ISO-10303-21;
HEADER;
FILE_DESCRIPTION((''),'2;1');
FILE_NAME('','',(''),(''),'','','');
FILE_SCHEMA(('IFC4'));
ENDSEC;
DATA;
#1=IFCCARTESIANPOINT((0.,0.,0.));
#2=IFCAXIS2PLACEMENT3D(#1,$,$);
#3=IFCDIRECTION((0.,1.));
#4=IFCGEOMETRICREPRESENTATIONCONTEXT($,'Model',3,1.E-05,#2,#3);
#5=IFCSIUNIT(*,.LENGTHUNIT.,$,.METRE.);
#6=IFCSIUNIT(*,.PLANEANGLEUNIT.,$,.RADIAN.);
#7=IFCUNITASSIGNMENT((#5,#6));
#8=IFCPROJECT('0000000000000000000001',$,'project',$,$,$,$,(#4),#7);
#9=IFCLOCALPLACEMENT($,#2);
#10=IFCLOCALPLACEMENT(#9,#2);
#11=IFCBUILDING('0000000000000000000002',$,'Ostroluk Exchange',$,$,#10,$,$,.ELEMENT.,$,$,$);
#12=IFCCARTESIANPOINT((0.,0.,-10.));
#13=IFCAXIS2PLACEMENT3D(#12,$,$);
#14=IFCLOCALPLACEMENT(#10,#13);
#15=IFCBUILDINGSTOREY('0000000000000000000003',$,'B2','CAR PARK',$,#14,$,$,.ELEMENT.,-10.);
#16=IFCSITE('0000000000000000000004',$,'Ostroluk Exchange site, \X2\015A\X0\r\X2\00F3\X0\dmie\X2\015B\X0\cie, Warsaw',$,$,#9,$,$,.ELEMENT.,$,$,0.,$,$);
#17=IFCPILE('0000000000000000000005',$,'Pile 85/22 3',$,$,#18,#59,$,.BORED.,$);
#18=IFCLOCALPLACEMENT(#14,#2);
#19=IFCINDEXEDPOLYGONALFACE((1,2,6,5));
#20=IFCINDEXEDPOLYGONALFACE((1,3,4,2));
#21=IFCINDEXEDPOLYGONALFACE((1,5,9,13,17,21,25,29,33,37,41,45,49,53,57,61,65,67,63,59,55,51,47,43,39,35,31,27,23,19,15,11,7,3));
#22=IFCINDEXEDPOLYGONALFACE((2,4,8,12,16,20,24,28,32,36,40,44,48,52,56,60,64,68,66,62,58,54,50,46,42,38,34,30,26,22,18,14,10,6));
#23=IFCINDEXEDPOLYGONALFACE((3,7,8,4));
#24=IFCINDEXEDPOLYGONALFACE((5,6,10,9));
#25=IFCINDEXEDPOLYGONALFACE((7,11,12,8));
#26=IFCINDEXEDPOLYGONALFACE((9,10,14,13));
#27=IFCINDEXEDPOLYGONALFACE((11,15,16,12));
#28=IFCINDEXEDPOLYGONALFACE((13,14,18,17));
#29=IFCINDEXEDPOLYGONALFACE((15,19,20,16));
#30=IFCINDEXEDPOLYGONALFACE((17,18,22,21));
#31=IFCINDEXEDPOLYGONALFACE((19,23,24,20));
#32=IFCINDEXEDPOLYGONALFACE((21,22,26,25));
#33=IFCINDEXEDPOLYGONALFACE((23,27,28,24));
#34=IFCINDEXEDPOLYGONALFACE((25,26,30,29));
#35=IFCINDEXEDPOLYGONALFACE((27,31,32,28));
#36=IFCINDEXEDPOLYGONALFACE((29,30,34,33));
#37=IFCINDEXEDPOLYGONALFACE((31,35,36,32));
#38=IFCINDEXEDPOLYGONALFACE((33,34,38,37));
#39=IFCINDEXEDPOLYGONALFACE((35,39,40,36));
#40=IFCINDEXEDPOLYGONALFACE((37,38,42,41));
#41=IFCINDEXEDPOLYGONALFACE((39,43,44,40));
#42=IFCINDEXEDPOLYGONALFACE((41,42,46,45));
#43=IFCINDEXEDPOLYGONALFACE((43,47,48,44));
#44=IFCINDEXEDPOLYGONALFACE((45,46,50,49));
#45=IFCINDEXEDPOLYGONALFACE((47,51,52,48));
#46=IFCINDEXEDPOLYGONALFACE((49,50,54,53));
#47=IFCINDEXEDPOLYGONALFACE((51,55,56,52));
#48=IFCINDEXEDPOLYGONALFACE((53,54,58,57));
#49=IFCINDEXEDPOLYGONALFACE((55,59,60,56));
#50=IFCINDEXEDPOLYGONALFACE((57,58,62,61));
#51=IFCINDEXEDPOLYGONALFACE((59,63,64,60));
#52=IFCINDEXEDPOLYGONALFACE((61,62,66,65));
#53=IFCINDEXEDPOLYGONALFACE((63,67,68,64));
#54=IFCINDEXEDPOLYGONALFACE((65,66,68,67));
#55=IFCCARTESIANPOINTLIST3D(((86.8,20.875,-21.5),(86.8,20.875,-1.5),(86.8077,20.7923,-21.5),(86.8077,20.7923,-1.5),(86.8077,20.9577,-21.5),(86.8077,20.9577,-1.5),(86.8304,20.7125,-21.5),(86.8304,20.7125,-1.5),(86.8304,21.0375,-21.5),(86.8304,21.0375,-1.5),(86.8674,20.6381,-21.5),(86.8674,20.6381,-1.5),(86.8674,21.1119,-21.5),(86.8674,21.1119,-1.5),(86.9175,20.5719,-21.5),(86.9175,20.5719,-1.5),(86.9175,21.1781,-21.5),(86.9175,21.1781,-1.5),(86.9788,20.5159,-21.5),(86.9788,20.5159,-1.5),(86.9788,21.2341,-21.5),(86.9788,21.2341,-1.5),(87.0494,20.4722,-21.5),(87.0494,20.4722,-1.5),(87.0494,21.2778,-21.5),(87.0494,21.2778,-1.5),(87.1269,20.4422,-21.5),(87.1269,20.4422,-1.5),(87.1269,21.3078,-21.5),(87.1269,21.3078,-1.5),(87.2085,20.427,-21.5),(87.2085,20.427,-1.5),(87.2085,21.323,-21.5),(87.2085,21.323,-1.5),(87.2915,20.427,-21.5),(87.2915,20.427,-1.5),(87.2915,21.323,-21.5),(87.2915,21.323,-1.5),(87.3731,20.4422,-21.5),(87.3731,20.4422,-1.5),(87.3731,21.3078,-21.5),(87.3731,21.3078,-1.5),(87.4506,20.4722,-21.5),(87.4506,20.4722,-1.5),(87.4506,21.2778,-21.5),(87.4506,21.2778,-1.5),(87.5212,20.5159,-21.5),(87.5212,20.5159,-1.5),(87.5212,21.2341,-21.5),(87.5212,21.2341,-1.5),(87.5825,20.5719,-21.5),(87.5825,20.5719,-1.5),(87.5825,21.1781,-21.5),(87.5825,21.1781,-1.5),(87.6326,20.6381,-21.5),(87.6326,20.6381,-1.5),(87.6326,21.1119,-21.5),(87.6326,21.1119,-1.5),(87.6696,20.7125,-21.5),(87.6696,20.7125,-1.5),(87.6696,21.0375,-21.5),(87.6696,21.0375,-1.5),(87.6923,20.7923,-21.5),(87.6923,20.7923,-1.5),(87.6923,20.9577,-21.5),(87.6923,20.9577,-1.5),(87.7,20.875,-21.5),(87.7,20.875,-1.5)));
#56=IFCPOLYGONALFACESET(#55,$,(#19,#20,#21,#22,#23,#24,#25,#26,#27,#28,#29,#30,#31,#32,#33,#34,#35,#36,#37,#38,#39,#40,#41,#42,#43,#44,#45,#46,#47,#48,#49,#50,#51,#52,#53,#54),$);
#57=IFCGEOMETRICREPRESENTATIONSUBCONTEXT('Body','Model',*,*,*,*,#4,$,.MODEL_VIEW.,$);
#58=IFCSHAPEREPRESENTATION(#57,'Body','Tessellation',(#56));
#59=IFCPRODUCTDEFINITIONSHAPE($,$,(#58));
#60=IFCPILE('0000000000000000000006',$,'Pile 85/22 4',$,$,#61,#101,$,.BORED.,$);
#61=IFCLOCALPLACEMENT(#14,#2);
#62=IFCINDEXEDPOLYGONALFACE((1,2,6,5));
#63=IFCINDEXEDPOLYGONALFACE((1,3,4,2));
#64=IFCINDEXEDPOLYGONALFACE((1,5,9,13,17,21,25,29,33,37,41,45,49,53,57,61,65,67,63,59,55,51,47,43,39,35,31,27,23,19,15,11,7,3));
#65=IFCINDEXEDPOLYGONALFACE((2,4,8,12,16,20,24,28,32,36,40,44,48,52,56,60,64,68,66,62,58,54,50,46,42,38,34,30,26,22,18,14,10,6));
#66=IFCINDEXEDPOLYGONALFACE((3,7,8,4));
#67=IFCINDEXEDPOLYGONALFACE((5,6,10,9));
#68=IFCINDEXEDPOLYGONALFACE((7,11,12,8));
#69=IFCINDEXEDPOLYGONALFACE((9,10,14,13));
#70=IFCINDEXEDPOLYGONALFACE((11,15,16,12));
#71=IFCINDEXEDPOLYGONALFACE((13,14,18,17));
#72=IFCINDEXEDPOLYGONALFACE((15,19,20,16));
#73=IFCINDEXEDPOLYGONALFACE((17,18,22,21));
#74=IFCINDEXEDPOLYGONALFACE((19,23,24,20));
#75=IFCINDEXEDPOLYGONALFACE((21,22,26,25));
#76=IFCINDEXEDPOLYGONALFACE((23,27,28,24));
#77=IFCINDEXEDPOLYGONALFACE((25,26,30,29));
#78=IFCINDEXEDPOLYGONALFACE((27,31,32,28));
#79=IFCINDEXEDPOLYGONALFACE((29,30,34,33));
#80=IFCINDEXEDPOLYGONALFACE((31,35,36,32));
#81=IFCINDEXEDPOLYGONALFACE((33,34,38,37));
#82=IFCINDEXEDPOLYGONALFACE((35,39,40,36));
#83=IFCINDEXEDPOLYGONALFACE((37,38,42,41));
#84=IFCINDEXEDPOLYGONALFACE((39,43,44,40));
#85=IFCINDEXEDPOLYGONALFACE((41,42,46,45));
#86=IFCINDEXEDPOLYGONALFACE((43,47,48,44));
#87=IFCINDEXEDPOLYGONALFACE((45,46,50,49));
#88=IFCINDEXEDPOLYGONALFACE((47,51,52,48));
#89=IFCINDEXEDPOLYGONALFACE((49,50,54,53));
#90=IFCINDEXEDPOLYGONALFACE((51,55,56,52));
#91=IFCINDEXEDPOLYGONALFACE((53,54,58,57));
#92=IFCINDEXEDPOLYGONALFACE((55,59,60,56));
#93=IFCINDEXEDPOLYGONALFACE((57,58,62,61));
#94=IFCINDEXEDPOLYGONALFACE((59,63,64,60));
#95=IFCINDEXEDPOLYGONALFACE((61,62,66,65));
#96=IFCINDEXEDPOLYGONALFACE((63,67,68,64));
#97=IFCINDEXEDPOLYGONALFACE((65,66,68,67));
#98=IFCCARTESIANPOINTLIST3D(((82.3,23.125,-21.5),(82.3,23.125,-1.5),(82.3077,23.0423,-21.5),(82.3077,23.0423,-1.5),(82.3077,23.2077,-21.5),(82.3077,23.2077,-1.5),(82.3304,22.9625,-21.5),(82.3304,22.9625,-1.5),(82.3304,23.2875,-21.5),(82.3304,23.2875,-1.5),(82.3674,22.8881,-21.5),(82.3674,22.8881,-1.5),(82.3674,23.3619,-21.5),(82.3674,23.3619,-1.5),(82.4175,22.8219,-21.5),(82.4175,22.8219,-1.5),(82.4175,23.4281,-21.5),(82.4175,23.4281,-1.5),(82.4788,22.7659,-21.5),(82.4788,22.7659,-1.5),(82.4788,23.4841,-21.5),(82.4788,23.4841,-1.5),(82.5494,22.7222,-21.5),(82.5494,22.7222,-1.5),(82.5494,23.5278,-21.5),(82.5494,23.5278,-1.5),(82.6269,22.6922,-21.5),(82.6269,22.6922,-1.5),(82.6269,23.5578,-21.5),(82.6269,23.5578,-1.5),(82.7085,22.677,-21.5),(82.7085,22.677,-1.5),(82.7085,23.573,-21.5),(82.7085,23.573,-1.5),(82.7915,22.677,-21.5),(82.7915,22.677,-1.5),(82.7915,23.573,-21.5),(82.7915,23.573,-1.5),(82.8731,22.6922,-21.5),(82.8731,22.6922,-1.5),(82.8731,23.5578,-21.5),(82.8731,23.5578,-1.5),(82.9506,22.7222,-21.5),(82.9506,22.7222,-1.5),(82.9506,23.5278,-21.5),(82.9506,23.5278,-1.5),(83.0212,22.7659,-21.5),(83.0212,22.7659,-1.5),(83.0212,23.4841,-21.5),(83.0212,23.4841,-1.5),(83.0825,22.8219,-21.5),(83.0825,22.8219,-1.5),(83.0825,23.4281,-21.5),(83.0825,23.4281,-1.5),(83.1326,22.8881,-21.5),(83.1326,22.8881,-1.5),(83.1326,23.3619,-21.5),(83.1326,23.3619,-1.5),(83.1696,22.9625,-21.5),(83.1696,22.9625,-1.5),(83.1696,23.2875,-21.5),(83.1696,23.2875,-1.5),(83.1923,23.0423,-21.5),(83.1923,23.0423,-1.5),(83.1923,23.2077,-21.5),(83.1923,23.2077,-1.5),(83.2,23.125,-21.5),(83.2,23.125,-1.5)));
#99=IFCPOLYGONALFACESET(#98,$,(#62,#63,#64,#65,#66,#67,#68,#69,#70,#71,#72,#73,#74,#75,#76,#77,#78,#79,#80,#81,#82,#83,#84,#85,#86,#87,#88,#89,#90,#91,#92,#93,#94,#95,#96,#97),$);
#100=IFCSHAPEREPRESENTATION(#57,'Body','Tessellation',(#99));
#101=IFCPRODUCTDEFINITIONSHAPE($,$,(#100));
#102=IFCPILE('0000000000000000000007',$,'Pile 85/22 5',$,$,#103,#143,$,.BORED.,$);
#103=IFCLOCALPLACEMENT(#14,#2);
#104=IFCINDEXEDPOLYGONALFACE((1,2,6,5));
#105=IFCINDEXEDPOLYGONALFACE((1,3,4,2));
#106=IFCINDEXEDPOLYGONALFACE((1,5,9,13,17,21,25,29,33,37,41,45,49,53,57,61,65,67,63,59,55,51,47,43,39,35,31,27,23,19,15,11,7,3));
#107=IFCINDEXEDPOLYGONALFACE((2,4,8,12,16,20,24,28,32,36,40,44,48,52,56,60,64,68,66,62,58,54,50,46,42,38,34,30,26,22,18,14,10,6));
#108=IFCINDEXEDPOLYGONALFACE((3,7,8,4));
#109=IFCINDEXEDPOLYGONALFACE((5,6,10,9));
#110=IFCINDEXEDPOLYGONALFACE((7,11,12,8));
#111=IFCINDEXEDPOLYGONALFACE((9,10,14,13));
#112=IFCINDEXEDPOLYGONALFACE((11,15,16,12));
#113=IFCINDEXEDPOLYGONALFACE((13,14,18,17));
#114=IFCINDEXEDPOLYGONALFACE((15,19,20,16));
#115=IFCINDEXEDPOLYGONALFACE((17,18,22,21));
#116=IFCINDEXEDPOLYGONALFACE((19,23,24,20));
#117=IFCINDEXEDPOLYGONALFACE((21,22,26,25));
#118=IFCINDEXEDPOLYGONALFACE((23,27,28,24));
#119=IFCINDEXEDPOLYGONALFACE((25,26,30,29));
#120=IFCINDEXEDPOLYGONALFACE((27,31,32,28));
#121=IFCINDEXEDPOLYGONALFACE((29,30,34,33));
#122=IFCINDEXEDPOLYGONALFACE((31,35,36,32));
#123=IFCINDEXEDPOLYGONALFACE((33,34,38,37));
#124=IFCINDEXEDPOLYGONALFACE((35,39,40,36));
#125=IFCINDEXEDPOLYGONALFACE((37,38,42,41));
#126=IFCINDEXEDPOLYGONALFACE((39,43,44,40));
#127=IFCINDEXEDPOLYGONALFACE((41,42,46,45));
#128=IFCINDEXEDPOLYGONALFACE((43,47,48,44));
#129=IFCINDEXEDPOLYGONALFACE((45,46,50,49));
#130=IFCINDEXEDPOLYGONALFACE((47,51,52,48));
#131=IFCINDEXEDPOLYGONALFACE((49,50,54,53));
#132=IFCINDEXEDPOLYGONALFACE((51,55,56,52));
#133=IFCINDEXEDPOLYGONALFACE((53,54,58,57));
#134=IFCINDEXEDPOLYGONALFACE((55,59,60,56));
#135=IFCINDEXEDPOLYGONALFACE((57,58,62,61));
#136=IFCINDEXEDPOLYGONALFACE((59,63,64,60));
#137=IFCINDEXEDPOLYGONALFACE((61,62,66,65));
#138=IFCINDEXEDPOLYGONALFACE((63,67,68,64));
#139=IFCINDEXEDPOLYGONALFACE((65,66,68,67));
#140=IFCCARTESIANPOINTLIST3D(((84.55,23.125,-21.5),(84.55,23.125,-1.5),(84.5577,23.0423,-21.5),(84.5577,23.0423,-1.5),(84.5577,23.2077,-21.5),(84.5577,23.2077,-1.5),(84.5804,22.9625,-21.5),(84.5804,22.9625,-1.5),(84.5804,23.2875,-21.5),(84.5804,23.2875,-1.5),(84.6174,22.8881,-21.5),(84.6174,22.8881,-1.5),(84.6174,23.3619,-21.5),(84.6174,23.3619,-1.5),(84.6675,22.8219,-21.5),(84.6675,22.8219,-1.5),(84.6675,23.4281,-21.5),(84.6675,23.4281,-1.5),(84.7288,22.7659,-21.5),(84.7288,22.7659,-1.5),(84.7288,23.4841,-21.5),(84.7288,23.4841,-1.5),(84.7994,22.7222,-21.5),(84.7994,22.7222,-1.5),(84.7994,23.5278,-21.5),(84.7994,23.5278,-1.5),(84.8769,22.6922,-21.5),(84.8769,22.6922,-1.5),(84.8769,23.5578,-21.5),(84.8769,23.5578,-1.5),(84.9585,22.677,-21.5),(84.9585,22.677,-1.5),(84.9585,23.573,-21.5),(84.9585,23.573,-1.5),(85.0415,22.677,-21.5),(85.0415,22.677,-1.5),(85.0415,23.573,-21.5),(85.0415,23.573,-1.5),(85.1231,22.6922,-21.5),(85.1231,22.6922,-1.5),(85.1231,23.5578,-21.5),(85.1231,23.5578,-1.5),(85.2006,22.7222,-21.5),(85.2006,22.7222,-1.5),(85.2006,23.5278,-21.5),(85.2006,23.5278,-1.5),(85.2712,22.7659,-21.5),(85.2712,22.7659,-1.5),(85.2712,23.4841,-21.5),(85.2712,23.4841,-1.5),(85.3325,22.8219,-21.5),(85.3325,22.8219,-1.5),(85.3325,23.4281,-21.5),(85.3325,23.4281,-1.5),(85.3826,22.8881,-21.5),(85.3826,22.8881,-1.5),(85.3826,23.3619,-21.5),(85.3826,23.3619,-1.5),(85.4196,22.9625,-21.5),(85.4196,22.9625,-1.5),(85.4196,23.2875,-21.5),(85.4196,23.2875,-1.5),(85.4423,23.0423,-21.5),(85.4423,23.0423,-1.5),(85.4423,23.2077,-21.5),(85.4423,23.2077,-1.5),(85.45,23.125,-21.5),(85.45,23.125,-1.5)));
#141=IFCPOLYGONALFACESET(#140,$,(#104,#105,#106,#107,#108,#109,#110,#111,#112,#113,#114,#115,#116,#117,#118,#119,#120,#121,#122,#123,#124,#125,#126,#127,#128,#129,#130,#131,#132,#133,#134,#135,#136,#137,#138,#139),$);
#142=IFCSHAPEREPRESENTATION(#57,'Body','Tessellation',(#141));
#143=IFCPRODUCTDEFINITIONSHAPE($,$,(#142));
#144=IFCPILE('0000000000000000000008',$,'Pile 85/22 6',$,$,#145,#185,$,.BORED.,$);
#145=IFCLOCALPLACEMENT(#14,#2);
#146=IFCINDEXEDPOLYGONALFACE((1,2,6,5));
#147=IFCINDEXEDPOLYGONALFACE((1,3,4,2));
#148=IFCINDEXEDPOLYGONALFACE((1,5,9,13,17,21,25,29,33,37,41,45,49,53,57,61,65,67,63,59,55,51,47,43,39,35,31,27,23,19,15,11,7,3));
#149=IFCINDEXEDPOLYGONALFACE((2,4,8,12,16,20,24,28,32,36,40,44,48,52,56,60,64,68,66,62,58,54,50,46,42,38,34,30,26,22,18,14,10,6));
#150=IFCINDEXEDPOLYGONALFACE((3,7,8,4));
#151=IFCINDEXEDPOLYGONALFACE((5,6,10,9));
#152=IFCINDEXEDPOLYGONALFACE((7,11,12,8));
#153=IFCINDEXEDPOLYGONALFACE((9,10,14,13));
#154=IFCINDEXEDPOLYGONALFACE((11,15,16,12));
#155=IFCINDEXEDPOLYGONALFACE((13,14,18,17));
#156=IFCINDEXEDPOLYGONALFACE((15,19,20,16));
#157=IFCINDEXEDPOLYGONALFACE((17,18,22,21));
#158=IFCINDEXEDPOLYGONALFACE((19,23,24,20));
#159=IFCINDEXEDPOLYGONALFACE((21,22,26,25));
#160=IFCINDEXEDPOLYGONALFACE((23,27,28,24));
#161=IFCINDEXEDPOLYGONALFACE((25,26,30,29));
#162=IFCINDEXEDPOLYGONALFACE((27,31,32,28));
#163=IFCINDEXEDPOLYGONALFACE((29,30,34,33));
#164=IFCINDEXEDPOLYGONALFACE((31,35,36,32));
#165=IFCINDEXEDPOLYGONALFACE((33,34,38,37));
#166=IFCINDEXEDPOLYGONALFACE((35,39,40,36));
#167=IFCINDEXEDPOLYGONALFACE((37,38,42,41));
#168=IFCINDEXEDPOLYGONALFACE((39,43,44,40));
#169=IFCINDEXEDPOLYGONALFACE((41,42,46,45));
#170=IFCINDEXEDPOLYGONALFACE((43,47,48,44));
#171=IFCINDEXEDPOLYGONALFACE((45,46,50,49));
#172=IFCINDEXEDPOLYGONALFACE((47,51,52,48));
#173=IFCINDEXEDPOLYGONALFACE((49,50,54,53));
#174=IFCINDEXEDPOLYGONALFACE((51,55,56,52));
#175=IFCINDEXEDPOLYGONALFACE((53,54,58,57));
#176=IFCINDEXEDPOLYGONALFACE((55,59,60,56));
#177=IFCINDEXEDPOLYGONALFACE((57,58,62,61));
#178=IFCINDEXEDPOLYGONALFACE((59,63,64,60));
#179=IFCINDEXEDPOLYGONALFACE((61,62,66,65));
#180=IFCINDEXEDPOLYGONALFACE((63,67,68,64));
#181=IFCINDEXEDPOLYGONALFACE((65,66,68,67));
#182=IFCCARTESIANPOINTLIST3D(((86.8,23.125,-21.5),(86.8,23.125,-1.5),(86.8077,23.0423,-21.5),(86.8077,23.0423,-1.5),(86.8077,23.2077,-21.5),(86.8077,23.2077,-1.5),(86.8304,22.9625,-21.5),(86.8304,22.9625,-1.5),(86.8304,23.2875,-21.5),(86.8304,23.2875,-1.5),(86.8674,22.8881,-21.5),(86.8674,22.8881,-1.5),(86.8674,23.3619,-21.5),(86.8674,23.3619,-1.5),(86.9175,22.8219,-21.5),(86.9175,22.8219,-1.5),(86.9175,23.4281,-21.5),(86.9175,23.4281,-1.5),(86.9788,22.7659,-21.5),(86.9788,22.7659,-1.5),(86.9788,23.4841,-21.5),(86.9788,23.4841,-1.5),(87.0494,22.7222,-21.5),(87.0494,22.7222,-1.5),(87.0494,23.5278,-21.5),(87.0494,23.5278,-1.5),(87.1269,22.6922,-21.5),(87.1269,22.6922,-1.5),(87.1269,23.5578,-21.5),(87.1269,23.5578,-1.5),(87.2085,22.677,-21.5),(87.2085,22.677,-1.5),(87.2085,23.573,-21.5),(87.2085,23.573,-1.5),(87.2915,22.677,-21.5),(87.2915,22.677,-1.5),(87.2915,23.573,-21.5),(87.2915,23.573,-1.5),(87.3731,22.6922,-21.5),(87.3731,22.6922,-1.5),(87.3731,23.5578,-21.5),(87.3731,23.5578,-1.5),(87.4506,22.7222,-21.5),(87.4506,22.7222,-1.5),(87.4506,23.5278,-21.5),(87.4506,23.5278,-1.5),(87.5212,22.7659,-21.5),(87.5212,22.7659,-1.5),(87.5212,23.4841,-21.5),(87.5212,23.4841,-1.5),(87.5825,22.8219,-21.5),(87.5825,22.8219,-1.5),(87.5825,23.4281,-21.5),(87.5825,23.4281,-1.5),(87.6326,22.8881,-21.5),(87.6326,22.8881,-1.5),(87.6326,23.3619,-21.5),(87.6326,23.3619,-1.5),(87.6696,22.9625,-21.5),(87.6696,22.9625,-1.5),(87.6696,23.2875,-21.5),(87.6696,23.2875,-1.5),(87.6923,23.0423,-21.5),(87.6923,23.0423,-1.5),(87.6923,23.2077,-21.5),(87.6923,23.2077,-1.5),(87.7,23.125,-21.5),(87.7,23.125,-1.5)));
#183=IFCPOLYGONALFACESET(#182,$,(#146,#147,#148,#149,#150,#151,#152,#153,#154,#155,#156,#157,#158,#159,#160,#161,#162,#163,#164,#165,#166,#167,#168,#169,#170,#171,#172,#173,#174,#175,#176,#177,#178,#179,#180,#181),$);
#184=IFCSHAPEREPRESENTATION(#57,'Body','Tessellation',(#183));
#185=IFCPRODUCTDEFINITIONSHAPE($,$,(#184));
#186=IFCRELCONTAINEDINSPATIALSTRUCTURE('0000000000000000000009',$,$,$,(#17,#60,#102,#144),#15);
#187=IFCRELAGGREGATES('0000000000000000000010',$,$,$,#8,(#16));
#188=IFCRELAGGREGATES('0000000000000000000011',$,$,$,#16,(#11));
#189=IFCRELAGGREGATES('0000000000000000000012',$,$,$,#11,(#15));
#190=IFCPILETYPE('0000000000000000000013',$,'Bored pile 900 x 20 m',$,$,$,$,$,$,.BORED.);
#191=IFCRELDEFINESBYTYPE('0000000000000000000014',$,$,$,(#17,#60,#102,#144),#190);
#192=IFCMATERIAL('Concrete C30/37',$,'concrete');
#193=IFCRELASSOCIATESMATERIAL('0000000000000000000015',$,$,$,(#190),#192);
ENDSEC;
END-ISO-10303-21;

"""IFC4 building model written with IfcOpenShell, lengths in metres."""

from ifc_helpers import new_model, si_unit, direction, frame, origin, origin_2d, place, context, subcontext, project, spatial, circle, extrude, material, type_object, element, save


model = new_model("IFC4")

# Units and contexts
model_context = context("Model", 3, precision=1e-05, world=origin(), true_north=direction((0.0, 1.0)))
body_context = subcontext(model_context, "Body", "Model", "MODEL_VIEW")
ifc_project = project(units=[si_unit("LENGTHUNIT", "METRE"), si_unit("PLANEANGLEUNIT", "RADIAN")], contexts=[model_context])

# Site, building, storey
site_placement = place(None, origin())
site = spatial("IfcSite", under=ifc_project, at=site_placement, Name="Ostroluk Exchange site, Śródmieście, Warsaw", CompositionType="ELEMENT", RefElevation=0.0)
building_placement = place(site_placement, origin())
building = spatial("IfcBuilding", under=site, at=building_placement, Name="Ostroluk Exchange", CompositionType="ELEMENT")
storey_placement = place(building_placement, frame((0.0, 0.0, -10.0)))
storey = spatial("IfcBuildingStorey", under=building, at=storey_placement, Name="B2", Description="CAR PARK", CompositionType="ELEMENT", Elevation=-10.0)

# Piles
ifc_material_1 = material(Name="Concrete C30/37", Category="concrete")
pile_type = type_object("IfcPileType", Name="Bored pile 900 x 20 m", PredefinedType="BORED", material=ifc_material_1)
for number, where, z_axis, x_axis, name in (
    (1, (87.25, 20.875, -1.5), (0.0, 0.0, -1.0), (1.0, 0.0, 0.0), "Pile 85/22 3"),
    (2, (82.75, 23.125, -1.5), (0.0, 0.0, -1.0), (1.0, 0.0, 0.0), "Pile 85/22 4"),
    (3, (85.0, 23.125, -1.5), (0.0, 0.0, -1.0), (1.0, 0.0, 0.0), "Pile 85/22 5"),
    (4, (87.25, 23.125, -1.5), (0.0, 0.0, -1.0), (1.0, 0.0, 0.0), "Pile 85/22 6"),
):
    element("IfcPile", number, at=place(storey_placement, frame(where, z_axis=z_axis, x_axis=x_axis)), inside=storey, type_object=pile_type, Name=name, PredefinedType="BORED", context=body_context, shape_type="SweptSolid", body=[
        extrude(circle(Radius=0.45, at=origin_2d()), origin(), (0.0, 0.0, 1.0), 20.0),
    ])

save(model, "model.ifc")
